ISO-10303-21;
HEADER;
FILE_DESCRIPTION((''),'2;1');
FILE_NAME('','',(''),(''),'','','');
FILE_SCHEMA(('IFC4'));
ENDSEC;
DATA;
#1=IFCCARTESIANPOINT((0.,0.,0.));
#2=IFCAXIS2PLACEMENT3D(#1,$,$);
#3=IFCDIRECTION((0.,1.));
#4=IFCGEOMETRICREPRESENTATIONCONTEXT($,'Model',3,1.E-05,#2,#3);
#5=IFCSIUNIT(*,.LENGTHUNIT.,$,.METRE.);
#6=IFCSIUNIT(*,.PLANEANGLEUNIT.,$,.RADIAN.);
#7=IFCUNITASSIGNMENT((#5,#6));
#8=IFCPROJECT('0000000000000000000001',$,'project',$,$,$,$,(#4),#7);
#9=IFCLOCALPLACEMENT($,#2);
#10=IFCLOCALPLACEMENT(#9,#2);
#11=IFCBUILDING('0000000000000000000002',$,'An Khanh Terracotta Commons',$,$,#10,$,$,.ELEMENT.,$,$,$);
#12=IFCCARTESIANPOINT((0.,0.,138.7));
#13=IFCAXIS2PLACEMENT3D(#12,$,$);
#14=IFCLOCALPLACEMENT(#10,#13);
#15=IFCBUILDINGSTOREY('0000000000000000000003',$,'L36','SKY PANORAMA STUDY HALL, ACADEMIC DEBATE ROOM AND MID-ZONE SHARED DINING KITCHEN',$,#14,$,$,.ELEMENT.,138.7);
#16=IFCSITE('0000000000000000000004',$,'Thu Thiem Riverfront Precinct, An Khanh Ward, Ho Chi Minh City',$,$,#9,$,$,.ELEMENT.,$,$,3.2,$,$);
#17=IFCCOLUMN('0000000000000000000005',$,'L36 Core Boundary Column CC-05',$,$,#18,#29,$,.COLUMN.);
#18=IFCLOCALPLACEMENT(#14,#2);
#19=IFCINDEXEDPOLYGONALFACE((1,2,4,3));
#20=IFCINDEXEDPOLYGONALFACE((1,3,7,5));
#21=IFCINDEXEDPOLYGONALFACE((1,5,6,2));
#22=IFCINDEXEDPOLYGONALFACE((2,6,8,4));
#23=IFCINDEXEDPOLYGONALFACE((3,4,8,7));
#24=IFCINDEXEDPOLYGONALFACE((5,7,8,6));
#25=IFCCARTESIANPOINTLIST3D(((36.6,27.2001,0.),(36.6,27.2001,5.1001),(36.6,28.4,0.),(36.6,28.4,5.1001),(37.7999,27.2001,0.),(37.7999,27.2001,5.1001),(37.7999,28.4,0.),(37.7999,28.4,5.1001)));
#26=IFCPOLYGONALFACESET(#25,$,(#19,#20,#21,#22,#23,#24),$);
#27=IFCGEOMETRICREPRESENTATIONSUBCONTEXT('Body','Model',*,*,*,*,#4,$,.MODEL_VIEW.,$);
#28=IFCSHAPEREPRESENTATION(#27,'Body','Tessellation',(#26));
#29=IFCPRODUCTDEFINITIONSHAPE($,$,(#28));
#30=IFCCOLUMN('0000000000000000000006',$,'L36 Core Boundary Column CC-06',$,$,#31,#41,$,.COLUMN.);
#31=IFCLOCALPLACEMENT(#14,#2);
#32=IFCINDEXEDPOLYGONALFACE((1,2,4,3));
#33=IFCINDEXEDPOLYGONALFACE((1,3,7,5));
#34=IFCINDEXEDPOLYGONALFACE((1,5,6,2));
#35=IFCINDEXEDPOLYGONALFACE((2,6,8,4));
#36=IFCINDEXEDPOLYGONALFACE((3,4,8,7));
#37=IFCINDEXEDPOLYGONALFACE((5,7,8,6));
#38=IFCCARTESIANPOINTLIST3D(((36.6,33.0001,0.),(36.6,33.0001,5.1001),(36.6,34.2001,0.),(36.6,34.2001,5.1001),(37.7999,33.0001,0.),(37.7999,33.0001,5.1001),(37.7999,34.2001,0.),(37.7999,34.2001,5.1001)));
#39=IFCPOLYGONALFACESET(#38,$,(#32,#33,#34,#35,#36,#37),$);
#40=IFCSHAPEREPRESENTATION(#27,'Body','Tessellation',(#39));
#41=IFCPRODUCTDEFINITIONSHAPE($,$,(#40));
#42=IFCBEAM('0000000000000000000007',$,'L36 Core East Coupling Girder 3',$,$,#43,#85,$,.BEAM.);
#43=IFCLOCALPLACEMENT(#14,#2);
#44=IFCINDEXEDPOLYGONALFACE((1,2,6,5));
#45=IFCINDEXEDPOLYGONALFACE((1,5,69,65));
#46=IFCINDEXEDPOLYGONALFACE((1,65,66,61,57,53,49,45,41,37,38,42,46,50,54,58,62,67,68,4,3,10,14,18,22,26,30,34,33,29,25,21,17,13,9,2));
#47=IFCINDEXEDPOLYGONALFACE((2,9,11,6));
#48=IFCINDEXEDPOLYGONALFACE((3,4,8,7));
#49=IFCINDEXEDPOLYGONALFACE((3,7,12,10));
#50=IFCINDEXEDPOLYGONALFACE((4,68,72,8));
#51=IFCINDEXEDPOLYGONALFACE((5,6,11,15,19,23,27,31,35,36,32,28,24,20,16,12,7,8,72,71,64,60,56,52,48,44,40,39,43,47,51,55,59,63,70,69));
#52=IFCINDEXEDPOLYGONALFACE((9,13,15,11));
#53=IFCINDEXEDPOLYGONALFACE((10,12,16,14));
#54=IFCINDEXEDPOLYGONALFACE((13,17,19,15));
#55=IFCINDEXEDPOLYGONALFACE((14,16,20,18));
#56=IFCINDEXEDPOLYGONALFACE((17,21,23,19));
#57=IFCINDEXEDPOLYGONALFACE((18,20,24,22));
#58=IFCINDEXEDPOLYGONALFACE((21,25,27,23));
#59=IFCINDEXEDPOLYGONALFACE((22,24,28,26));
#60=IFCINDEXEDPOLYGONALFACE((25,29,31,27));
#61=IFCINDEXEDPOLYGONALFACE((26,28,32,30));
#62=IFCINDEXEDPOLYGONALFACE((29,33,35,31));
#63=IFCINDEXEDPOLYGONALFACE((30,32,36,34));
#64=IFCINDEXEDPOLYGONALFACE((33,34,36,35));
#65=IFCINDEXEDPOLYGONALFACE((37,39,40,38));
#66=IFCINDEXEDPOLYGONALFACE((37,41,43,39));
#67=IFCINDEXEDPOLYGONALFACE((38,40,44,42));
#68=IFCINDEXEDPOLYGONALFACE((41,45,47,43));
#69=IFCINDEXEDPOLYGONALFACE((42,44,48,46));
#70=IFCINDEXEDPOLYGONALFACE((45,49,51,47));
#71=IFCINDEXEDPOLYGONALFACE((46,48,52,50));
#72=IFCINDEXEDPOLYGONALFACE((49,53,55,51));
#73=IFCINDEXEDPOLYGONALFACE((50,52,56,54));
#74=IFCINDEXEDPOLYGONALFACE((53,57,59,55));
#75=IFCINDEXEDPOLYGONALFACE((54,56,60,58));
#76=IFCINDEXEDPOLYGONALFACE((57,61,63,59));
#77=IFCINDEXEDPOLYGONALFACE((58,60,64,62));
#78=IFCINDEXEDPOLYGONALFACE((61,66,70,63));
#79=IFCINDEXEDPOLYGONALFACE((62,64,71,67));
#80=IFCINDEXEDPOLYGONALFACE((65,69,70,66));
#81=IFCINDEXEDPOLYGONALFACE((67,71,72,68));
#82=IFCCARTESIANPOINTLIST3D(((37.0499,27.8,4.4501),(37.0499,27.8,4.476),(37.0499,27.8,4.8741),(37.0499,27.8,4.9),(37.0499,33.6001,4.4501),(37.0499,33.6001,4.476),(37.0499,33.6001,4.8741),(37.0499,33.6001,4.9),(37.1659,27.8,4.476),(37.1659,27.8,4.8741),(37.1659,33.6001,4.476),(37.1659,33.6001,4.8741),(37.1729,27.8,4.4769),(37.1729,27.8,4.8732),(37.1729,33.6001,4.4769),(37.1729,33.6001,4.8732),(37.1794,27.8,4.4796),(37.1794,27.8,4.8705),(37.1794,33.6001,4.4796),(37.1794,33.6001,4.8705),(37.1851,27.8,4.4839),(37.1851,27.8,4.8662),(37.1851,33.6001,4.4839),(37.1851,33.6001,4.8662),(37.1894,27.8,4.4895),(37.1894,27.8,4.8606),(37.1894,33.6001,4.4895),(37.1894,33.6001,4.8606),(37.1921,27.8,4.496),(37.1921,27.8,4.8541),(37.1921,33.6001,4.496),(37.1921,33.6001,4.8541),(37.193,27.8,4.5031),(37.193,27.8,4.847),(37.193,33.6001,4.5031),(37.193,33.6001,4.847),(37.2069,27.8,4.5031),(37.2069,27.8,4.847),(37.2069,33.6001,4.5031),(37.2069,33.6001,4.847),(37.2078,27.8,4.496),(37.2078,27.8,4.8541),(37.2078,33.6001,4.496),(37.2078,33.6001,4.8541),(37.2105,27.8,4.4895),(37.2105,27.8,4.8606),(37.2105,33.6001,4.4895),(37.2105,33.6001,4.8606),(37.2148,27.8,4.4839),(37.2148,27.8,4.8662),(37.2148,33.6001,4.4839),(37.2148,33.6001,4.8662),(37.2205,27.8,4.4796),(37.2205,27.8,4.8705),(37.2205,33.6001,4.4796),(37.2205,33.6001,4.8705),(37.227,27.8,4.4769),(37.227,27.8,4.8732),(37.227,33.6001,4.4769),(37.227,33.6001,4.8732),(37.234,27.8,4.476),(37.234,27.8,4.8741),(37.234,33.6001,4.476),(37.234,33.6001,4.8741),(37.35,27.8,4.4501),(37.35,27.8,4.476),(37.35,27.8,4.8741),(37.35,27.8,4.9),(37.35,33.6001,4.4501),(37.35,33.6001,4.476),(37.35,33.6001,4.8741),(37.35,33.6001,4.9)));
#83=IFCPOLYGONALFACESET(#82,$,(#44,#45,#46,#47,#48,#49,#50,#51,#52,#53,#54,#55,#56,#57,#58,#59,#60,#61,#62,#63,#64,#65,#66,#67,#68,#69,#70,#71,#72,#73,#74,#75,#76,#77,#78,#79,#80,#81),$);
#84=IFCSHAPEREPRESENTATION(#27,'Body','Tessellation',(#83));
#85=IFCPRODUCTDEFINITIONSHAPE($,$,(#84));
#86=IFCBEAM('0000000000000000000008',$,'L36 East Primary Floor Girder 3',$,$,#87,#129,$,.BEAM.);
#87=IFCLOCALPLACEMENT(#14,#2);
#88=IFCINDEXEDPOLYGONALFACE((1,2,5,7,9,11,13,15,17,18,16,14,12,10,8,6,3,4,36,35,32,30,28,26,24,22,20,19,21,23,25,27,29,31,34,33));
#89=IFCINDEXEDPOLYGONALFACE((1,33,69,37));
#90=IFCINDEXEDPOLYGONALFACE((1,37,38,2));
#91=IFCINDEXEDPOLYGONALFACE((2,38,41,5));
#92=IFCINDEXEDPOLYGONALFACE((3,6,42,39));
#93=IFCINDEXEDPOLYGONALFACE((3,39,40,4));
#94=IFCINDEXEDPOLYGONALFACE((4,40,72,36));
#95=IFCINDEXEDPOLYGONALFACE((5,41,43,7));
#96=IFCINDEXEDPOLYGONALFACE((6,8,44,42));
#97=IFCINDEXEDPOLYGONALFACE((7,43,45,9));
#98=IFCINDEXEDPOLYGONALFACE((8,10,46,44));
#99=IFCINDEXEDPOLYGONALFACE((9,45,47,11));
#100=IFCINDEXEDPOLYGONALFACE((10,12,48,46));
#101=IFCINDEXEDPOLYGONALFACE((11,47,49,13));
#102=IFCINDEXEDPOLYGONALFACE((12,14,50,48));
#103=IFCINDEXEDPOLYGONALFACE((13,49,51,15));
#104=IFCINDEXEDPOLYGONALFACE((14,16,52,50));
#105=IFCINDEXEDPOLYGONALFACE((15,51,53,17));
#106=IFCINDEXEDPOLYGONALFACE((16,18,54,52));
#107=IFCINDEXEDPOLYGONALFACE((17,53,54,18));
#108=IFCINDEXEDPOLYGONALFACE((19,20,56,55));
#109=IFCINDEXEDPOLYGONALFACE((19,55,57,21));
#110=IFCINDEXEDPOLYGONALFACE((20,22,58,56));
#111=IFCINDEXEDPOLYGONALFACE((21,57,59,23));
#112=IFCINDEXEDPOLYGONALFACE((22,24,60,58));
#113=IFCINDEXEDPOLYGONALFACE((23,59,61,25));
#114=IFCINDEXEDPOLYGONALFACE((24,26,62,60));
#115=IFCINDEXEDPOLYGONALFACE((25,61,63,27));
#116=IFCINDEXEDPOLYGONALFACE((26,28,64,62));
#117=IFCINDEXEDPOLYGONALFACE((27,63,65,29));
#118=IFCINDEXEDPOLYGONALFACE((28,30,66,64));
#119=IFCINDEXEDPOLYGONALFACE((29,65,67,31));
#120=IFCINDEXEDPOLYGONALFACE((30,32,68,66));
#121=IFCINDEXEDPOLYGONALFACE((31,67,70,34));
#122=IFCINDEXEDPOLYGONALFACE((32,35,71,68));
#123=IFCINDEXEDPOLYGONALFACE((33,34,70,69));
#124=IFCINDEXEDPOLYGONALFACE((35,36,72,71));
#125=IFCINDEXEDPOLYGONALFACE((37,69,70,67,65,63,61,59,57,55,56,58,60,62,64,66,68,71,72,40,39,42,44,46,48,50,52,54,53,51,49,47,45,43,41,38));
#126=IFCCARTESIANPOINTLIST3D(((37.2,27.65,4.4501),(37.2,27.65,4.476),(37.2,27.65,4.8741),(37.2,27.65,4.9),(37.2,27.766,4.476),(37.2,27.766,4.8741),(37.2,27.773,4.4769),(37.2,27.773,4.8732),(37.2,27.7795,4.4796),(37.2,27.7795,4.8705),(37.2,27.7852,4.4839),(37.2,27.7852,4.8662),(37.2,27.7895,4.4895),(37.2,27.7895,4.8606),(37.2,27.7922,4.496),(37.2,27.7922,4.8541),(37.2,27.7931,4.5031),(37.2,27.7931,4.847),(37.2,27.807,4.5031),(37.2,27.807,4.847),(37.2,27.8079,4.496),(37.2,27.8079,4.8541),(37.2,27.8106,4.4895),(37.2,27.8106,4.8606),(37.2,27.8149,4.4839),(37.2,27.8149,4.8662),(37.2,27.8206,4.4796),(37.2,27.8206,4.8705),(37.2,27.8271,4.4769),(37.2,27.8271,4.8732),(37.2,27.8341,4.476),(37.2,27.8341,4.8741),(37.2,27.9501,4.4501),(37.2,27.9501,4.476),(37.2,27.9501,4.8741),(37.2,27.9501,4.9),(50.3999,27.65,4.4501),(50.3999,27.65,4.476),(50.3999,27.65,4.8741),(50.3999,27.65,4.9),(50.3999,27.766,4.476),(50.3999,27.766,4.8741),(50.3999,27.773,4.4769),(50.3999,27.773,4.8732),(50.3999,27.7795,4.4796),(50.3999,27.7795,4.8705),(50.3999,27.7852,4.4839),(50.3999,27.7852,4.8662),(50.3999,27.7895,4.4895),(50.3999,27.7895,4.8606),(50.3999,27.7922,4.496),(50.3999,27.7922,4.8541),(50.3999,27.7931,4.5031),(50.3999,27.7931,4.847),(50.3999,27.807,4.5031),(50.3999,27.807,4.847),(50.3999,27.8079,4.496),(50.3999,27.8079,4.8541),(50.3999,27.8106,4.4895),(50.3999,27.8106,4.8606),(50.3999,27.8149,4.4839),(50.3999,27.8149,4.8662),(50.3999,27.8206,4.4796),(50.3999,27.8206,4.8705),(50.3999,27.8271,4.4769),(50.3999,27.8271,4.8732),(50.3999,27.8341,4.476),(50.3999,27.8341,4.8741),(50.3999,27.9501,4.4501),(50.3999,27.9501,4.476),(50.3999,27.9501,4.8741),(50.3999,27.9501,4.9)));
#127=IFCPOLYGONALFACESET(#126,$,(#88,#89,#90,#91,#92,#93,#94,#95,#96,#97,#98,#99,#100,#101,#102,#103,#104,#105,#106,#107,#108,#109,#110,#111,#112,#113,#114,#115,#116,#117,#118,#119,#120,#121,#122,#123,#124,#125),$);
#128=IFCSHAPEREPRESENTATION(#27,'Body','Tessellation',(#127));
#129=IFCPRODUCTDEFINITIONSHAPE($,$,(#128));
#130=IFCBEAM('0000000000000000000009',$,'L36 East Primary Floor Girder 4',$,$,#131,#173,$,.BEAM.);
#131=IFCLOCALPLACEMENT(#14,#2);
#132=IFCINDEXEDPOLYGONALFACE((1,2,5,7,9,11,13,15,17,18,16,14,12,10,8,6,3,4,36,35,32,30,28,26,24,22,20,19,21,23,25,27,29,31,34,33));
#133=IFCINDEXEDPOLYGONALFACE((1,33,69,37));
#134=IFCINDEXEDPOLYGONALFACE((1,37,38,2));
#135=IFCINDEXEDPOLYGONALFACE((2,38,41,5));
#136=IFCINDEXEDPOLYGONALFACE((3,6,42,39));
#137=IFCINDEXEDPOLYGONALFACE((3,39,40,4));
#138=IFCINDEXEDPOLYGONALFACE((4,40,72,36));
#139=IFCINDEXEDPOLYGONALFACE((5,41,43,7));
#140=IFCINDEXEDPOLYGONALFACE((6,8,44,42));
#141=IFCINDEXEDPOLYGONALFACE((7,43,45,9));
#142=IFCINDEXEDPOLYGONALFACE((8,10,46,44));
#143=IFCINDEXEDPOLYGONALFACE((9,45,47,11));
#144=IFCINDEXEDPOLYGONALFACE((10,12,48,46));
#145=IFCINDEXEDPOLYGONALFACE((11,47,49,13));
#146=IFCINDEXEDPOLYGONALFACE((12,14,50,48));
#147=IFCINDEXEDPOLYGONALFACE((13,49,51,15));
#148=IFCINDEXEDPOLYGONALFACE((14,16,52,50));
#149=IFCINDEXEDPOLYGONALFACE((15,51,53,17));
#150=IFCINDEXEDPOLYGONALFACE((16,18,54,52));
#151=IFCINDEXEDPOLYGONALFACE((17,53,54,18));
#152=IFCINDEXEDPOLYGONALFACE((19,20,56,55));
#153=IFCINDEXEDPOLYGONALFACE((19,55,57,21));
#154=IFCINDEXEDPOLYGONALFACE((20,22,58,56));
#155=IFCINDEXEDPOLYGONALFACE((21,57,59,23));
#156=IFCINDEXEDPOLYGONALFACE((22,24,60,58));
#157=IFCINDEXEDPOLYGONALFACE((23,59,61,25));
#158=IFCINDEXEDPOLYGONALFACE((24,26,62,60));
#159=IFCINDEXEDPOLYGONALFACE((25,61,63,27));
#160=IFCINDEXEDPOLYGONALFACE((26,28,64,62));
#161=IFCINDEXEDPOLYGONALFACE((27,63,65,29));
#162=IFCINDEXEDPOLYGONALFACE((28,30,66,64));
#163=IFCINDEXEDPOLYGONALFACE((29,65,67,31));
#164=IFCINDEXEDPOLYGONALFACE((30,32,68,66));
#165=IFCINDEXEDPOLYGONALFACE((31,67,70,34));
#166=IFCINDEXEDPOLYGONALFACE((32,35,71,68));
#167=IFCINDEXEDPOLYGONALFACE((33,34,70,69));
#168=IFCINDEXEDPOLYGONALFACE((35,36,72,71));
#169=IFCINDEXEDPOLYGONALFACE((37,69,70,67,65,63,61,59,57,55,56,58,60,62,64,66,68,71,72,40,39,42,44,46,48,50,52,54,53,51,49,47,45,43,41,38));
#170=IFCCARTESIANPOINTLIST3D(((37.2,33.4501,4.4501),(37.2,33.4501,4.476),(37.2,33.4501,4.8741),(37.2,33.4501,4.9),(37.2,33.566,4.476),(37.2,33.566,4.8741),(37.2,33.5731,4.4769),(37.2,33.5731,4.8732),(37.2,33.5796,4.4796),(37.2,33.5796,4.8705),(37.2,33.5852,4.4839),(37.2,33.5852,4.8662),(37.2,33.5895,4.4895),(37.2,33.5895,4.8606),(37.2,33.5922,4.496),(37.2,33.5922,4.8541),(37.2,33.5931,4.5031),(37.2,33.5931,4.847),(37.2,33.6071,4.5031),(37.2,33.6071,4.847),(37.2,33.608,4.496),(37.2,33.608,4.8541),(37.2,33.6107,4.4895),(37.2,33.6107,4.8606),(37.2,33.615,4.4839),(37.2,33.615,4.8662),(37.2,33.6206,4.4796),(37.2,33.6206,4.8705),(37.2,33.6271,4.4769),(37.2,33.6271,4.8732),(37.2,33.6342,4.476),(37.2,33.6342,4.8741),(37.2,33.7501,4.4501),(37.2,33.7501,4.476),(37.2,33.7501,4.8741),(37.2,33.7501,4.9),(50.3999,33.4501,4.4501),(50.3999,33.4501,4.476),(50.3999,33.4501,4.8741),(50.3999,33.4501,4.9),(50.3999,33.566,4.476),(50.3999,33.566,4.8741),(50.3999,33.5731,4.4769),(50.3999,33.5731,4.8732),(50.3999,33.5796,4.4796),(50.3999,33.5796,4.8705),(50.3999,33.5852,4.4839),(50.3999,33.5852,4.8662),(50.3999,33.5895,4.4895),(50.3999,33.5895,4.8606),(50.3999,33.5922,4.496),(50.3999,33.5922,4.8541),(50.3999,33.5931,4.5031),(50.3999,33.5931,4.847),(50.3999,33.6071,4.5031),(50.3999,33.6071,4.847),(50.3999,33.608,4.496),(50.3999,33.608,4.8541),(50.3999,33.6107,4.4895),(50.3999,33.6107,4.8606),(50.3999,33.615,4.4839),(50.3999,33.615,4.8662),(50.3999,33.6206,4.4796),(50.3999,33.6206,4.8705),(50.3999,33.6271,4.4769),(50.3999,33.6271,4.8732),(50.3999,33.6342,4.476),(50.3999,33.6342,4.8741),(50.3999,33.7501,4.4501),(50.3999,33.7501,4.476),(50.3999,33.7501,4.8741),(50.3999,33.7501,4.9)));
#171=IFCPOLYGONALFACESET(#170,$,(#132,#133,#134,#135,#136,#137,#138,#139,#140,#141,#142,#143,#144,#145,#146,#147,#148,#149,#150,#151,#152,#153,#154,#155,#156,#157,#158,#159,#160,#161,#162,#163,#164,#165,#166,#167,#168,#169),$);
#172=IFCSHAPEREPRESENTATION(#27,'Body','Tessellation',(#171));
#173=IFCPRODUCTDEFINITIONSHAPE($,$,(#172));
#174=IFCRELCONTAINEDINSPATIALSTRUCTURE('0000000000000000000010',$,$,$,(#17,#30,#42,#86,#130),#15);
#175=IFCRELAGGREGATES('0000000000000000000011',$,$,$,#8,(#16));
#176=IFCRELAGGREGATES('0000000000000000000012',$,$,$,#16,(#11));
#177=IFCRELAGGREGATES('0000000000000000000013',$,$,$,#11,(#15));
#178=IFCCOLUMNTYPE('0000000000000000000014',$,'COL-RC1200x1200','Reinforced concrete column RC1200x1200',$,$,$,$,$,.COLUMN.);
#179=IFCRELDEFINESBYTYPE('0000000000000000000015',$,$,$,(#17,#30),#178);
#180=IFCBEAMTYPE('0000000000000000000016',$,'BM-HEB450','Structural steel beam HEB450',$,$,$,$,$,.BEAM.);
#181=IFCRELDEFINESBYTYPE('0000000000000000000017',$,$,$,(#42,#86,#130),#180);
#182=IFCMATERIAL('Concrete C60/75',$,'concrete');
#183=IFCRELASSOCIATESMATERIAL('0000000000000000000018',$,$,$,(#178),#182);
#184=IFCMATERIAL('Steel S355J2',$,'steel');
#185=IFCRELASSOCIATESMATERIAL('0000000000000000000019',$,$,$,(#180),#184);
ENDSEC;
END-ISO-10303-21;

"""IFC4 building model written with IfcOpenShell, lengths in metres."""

from ifc_helpers import new_model, si_unit, direction, frame, origin, origin_2d, place, context, subcontext, project, spatial, rectangle, i_section, extrude, material, material_profile, profile_set, type_object, element, save


model = new_model("IFC4")

# Units and contexts
model_context = context("Model", 3, precision=1e-05, world=origin(), true_north=direction((0.0, 1.0)))
body_context = subcontext(model_context, "Body", "Model", "MODEL_VIEW")
ifc_project = project(units=[si_unit("LENGTHUNIT", "METRE"), si_unit("PLANEANGLEUNIT", "RADIAN")], contexts=[model_context])

# Site, building, storey
site_placement = place(None, origin())
site = spatial("IfcSite", under=ifc_project, at=site_placement, Name="Thu Thiem Riverfront Precinct, An Khanh Ward, Ho Chi Minh City", CompositionType="ELEMENT", RefElevation=3.2)
building_placement = place(site_placement, origin())
building = spatial("IfcBuilding", under=site, at=building_placement, Name="An Khanh Terracotta Commons", CompositionType="ELEMENT")
storey_placement = place(building_placement, frame((0.0, 0.0, 138.7)))
storey = spatial("IfcBuildingStorey", under=building, at=storey_placement, Name="L36", Description="SKY PANORAMA STUDY HALL, ACADEMIC DEBATE ROOM AND MID-ZONE SHARED DINING KITCHEN", CompositionType="ELEMENT", Elevation=138.7)

# Columns
ifc_material_1 = material(Name="Concrete C60/75", Category="concrete")
ifc_material_profile_1 = material_profile(ifc_material_1, rectangle(XDim=1.2, YDim=1.2, at=origin_2d()), Name="RC1200x1200")
ifc_profile_set_1 = profile_set([ifc_material_profile_1], Name="Concrete C60/75")
column_type = type_object("IfcColumnType", Name="COL-RC1200x1200", Description="Reinforced concrete column RC1200x1200", PredefinedType="COLUMN", material=ifc_profile_set_1)
for number, where, z_axis, x_axis, name in (
    (1, (37.2, 27.8, 0.0), (0.0, 0.0, 1.0), (1.0, 0.0, 0.0), "L36 Core Boundary Column CC-05"),
    (2, (37.2, 33.6001, 0.0), (0.0, 0.0, 1.0), (1.0, 0.0, 0.0), "L36 Core Boundary Column CC-06"),
):
    element("IfcColumn", number, at=place(storey_placement, frame(where, z_axis=z_axis, x_axis=x_axis)), inside=storey, type_object=column_type, Name=name, PredefinedType="COLUMN", context=body_context, shape_type="SweptSolid", body=[
        extrude(rectangle(XDim=1.2, YDim=1.2, at=origin_2d()), origin(), (0.0, 0.0, 1.0), 5.1001),
    ])

# Beams
ifc_material_2 = material(Name="Steel S355J2", Category="steel")
ifc_material_profile_2 = material_profile(ifc_material_2, i_section(OverallWidth=0.3, OverallDepth=0.45, WebThickness=0.0139, FlangeThickness=0.0259, FilletRadius=0.0271, at=origin_2d()), Name="HEB450")
ifc_profile_set_2 = profile_set([ifc_material_profile_2], Name="Steel S355J2")
beam_type_1 = type_object("IfcBeamType", Name="BM-HEB450", Description="Structural steel beam HEB450", PredefinedType="BEAM", material=ifc_profile_set_2)
beam_placement = place(storey_placement, frame((37.2, 27.8, 4.675), z_axis=(0.0, 1.0, 0.0), x_axis=(-1.0, 0.0, 0.0)))
element("IfcBeam", 3, at=beam_placement, inside=storey, type_object=beam_type_1, Name="L36 Core East Coupling Girder 3", PredefinedType="BEAM", context=body_context, shape_type="SweptSolid", body=[
    extrude(i_section(OverallWidth=0.3, OverallDepth=0.45, WebThickness=0.0139, FlangeThickness=0.0259, FilletRadius=0.0271, at=origin_2d()), origin(), (0.0, 0.0, 1.0), 5.8),
])
for number, where, z_axis, x_axis, name in (
    (4, (37.2, 27.8, 4.675), (1.0, 0.0, 0.0), (0.0, 1.0, 0.0), "L36 East Primary Floor Girder 3"),
    (5, (37.2, 33.6001, 4.675), (1.0, 0.0, 0.0), (0.0, 1.0, 0.0), "L36 East Primary Floor Girder 4"),
):
    element("IfcBeam", number, at=place(storey_placement, frame(where, z_axis=z_axis, x_axis=x_axis)), inside=storey, type_object=beam_type_1, Name=name, PredefinedType="BEAM", context=body_context, shape_type="SweptSolid", body=[
        extrude(i_section(OverallWidth=0.3, OverallDepth=0.45, WebThickness=0.0139, FlangeThickness=0.0259, FilletRadius=0.0271, at=origin_2d()), origin(), (0.0, 0.0, 1.0), 13.2),
    ])

save(model, "model.ifc")
